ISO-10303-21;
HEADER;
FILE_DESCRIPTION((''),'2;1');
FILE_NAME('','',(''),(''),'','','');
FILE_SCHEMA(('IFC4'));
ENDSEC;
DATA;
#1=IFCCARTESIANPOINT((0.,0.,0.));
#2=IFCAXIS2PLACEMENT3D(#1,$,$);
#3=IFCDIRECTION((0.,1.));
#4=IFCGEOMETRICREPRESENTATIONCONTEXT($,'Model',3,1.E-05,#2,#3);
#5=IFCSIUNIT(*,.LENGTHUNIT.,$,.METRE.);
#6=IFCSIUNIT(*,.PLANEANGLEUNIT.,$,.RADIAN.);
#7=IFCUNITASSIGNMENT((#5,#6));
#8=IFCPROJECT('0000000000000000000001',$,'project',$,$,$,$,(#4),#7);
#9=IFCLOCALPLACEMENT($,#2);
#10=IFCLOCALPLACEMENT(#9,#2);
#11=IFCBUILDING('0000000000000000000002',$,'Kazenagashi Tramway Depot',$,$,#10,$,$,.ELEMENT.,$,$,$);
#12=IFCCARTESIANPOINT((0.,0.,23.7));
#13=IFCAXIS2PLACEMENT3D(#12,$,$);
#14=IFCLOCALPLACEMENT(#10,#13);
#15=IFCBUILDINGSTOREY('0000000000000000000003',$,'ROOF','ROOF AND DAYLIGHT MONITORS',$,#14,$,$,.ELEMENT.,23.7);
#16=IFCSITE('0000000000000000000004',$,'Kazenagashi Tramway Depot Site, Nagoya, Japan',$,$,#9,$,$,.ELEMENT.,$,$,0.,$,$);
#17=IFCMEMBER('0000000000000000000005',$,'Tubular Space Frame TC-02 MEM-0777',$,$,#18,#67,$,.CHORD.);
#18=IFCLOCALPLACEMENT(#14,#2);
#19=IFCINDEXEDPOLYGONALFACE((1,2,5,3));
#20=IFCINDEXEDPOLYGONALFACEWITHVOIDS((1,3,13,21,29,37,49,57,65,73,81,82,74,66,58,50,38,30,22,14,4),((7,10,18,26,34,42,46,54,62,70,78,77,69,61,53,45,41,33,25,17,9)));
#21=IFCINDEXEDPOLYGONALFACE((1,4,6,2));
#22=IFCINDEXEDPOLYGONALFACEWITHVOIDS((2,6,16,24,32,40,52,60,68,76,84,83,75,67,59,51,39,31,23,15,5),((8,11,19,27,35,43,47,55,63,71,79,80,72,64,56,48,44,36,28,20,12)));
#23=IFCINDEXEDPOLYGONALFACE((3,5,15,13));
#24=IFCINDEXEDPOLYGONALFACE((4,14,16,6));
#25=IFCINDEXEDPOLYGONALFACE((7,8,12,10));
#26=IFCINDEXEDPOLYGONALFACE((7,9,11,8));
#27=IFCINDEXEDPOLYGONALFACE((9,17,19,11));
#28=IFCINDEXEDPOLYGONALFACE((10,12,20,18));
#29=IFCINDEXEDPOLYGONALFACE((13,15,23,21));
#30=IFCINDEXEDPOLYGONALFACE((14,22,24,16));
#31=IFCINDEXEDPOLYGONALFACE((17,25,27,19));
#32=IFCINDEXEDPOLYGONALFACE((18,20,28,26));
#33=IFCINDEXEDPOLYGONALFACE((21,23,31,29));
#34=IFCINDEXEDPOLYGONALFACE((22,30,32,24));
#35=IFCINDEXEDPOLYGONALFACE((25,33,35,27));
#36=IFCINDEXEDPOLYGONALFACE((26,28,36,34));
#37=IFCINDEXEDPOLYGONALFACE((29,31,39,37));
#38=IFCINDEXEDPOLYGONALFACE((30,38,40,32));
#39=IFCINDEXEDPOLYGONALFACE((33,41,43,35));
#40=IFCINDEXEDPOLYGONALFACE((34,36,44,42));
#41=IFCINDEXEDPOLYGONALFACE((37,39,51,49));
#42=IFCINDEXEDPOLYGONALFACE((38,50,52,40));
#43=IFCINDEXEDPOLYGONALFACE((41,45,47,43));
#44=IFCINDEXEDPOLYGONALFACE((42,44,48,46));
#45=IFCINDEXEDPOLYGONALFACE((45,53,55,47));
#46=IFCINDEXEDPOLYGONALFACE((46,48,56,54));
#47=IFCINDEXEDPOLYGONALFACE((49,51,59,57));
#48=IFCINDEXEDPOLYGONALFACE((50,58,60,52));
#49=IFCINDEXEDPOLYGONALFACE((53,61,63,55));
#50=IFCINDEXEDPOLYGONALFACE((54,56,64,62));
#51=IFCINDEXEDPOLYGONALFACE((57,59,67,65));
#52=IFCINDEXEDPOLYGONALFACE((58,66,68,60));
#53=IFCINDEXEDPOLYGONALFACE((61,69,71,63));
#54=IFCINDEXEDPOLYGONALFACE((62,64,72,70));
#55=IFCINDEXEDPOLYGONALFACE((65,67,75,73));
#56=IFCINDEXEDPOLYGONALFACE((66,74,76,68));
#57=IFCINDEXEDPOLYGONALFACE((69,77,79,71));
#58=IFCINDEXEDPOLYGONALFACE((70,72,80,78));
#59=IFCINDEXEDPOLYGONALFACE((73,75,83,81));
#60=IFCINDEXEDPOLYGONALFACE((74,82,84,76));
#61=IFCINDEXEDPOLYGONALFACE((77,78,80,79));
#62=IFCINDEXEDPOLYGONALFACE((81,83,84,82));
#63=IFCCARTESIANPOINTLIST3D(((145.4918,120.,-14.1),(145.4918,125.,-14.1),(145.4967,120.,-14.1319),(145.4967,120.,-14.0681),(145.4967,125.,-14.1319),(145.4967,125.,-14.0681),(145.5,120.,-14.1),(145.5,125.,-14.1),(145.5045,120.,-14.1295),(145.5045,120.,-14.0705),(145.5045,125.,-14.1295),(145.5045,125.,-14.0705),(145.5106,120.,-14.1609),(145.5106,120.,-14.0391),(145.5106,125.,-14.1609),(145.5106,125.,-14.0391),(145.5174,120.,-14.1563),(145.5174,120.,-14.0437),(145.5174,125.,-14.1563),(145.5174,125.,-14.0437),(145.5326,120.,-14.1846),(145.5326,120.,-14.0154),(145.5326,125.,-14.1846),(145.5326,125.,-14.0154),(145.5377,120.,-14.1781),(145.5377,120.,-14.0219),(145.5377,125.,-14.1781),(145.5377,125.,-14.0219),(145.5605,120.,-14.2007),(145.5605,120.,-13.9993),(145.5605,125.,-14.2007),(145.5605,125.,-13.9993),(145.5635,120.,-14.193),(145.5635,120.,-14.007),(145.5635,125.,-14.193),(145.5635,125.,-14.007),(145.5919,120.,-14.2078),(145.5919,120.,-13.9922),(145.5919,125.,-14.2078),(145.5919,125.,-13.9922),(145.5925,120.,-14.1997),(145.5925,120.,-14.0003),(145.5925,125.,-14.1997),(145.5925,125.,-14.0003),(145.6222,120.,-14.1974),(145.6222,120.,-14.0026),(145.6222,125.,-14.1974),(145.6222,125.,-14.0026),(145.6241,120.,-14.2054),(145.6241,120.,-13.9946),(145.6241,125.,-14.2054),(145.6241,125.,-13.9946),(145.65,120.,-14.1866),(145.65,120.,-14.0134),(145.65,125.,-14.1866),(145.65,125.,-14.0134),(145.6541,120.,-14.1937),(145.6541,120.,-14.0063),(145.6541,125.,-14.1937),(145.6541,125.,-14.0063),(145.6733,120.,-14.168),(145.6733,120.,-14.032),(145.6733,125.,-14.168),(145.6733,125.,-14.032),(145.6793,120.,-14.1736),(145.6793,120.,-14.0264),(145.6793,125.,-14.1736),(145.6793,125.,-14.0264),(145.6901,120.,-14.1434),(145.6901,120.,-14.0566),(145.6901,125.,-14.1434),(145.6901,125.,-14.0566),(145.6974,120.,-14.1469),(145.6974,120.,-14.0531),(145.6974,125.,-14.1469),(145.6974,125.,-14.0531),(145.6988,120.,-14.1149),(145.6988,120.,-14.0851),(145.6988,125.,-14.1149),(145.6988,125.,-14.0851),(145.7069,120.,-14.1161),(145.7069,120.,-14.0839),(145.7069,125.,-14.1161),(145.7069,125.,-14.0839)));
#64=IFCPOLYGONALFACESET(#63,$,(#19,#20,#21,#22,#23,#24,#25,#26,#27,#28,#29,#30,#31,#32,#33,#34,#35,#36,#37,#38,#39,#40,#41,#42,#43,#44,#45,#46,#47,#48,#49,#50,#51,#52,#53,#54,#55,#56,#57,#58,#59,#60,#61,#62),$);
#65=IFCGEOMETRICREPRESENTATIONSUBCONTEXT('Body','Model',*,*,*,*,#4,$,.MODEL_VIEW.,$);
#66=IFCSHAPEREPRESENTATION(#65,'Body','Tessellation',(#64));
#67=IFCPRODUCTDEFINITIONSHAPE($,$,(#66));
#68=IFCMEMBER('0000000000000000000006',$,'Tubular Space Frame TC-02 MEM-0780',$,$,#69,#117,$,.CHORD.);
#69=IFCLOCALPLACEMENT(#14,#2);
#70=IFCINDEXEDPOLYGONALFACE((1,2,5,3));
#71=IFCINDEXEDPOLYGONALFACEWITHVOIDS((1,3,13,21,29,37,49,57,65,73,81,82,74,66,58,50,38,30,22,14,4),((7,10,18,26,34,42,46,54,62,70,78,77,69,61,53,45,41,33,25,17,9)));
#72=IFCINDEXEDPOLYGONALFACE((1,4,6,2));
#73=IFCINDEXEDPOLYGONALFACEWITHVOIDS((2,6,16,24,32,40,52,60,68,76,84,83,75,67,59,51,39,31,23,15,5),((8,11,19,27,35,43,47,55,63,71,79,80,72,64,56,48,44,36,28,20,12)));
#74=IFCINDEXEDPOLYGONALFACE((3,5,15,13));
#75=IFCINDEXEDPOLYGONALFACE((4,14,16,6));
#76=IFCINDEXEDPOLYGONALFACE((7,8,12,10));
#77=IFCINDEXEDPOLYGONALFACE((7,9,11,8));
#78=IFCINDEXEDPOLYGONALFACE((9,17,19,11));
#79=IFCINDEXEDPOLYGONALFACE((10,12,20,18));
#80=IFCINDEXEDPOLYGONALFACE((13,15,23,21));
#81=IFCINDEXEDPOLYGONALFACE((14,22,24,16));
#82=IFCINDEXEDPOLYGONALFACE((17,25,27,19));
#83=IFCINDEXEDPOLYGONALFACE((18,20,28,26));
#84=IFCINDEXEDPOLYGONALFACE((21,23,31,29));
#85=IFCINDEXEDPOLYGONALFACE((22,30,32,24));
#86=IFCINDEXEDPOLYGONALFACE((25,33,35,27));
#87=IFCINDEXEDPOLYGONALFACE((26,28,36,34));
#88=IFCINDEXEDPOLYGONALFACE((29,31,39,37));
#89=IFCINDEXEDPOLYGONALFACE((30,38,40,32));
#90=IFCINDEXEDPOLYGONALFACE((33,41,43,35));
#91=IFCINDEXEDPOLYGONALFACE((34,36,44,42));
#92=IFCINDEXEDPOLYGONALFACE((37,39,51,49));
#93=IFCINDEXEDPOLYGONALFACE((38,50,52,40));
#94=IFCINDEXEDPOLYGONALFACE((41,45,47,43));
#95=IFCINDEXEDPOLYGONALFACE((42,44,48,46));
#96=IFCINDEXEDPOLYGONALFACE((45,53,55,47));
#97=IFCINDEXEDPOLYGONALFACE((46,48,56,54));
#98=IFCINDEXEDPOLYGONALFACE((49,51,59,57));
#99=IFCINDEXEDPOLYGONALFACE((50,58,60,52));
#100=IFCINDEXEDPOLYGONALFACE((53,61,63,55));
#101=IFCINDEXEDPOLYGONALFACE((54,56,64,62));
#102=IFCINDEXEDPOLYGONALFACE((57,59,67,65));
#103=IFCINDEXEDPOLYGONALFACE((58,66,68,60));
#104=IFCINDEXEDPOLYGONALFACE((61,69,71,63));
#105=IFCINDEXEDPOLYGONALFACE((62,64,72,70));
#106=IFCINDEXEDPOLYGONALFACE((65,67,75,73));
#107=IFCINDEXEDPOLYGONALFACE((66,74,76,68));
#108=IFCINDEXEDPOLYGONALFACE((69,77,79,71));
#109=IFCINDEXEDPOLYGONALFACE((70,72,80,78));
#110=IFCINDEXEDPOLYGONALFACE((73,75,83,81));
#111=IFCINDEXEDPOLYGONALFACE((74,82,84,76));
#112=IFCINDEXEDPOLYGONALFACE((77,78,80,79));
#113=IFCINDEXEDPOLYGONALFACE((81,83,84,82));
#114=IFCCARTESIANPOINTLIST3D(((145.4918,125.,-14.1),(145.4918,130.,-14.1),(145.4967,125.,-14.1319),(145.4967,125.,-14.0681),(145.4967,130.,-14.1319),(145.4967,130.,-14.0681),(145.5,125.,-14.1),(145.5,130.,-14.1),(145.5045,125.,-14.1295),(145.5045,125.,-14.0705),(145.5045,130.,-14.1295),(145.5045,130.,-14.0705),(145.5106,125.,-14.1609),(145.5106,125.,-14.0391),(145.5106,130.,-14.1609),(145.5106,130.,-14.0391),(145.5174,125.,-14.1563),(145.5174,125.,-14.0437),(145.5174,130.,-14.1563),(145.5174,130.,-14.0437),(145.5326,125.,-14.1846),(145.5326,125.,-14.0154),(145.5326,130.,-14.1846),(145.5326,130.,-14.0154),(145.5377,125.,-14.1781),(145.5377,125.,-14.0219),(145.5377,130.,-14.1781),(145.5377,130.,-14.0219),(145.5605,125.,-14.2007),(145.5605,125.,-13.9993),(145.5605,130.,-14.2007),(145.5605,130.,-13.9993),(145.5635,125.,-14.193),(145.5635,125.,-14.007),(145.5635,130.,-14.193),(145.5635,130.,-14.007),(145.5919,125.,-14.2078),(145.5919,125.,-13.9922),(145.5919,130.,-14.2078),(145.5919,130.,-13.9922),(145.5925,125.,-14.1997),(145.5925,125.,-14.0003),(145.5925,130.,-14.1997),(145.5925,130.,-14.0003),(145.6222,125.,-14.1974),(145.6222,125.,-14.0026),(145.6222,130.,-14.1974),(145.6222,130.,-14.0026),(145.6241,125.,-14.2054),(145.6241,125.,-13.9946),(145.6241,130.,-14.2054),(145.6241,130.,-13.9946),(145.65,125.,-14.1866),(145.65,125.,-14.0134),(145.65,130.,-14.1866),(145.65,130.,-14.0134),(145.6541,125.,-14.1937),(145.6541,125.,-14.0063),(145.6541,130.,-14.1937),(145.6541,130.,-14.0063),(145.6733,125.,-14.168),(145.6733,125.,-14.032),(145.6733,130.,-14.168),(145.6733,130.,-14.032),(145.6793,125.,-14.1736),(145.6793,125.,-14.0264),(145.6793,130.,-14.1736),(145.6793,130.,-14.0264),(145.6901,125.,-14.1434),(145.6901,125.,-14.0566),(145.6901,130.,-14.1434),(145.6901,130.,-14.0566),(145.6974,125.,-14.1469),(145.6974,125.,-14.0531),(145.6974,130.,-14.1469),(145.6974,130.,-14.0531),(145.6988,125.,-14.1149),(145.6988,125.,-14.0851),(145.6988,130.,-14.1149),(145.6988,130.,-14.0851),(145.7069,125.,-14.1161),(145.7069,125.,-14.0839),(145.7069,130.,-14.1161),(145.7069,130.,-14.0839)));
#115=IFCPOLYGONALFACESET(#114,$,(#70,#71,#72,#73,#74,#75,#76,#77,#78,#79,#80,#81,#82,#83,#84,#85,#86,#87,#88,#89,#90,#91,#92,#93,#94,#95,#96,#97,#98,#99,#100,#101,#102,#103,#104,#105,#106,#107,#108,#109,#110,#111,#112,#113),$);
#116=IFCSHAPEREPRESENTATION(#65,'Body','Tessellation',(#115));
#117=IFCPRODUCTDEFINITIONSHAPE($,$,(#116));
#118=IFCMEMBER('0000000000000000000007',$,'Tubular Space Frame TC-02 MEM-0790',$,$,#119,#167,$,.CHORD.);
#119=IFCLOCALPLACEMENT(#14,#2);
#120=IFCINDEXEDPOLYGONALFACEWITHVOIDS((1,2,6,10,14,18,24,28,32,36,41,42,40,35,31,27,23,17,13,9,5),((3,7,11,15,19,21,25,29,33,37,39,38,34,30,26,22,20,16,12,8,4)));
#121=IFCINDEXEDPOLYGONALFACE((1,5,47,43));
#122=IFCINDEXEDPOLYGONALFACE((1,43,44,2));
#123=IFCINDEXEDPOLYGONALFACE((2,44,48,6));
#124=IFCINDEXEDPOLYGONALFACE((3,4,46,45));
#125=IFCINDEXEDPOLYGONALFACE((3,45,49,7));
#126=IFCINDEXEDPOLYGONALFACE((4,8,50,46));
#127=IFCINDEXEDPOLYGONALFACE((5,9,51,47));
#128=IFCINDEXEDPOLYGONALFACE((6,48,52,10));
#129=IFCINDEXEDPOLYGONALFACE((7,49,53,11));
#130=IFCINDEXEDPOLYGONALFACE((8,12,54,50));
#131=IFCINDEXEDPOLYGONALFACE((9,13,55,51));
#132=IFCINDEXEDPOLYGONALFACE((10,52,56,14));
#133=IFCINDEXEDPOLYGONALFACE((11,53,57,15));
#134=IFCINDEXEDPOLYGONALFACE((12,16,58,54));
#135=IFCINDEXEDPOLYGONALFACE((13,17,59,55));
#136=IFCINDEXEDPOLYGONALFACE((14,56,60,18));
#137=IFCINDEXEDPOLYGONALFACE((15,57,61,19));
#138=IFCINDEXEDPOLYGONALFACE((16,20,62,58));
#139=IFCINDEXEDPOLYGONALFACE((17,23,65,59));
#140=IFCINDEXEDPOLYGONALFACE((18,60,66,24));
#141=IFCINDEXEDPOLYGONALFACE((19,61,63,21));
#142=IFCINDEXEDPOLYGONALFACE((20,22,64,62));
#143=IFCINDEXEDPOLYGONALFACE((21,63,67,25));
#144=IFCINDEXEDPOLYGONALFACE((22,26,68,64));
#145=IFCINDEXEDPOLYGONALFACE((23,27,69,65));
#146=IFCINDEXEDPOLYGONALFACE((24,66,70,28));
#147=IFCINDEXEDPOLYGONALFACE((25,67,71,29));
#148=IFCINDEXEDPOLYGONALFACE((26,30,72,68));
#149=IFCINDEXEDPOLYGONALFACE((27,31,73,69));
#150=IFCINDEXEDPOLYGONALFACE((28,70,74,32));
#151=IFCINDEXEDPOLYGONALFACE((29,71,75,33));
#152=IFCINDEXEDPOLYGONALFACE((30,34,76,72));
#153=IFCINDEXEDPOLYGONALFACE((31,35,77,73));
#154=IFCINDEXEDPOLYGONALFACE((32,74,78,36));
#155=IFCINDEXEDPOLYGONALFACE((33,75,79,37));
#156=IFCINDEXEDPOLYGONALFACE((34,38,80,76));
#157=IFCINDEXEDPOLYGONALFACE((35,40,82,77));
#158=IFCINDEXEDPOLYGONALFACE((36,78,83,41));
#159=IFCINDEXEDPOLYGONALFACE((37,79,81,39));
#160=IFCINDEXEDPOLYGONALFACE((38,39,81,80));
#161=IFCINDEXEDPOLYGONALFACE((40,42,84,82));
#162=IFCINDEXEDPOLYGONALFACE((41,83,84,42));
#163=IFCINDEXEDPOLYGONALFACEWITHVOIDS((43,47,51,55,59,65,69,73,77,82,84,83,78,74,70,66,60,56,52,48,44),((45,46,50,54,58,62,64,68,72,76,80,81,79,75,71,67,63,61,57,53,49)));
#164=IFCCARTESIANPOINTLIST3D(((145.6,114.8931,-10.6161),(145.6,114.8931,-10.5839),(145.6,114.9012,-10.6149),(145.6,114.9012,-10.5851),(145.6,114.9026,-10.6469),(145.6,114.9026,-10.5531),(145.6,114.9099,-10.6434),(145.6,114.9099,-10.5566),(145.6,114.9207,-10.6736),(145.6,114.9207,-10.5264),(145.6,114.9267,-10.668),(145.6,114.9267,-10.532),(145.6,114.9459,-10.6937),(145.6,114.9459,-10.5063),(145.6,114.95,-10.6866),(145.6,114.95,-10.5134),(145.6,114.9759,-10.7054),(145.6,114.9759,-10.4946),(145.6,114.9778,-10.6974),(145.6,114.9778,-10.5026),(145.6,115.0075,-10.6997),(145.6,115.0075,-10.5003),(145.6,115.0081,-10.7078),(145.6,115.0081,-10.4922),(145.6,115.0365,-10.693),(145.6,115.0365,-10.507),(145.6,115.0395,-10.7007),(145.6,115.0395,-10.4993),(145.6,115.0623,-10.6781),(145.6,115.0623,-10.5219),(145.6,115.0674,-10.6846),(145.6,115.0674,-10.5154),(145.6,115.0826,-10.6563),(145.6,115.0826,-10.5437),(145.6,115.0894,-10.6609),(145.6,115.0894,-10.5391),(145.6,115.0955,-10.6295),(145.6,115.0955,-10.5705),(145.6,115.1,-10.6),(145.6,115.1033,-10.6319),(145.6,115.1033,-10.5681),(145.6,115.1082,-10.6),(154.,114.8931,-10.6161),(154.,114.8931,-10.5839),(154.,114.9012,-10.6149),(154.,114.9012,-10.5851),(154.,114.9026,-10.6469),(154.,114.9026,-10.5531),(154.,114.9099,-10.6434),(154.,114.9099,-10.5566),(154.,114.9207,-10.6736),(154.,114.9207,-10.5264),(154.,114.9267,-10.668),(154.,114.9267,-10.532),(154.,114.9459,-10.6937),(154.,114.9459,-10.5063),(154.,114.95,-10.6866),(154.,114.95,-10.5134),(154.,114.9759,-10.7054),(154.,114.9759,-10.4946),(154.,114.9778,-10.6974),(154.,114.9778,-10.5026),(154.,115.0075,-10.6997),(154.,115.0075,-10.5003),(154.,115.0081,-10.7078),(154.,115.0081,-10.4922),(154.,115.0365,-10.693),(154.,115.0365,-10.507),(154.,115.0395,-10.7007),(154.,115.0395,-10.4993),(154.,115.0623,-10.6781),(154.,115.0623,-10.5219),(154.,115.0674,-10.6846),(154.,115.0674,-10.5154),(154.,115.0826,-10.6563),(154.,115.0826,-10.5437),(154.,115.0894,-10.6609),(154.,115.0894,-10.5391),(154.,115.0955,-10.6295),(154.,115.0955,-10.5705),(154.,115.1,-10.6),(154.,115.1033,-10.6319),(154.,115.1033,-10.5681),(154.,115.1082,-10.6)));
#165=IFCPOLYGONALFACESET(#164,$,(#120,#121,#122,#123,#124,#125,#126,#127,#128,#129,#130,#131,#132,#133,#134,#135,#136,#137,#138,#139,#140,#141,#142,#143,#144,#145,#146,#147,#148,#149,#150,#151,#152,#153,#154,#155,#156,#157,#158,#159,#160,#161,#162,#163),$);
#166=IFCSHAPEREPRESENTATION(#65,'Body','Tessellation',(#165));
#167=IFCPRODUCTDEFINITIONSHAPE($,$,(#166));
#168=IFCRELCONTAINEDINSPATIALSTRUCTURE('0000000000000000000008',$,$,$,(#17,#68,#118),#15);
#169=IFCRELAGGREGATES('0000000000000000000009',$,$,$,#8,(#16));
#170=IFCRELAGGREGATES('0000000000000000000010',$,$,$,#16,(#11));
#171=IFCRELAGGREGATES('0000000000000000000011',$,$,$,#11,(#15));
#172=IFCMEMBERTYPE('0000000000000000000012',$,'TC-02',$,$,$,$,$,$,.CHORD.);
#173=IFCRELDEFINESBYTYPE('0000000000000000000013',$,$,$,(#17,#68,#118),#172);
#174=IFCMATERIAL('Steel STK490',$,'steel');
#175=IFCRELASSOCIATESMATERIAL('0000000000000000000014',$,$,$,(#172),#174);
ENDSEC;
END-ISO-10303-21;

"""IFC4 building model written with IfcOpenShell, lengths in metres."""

from ifc_helpers import new_model, si_unit, direction, frame, origin, origin_2d, place, context, subcontext, project, spatial, hollow_circle, extrude, material, material_profile, profile_set, type_object, element, save


model = new_model("IFC4")

# Units and contexts
model_context = context("Model", 3, precision=1e-05, world=origin(), true_north=direction((0.0, 1.0)))
body_context = subcontext(model_context, "Body", "Model", "MODEL_VIEW")
ifc_project = project(units=[si_unit("LENGTHUNIT", "METRE"), si_unit("PLANEANGLEUNIT", "RADIAN")], contexts=[model_context])

# Site, building, storey
site_placement = place(None, origin())
site = spatial("IfcSite", under=ifc_project, at=site_placement, Name="Kazenagashi Tramway Depot Site, Nagoya, Japan", CompositionType="ELEMENT", RefElevation=0.0)
building_placement = place(site_placement, origin())
building = spatial("IfcBuilding", under=site, at=building_placement, Name="Kazenagashi Tramway Depot", CompositionType="ELEMENT")
storey_placement = place(building_placement, frame((0.0, 0.0, 23.7)))
storey = spatial("IfcBuildingStorey", under=building, at=storey_placement, Name="ROOF", Description="ROOF AND DAYLIGHT MONITORS", CompositionType="ELEMENT", Elevation=23.7)

# Members
ifc_material_1 = material(Name="Steel STK490", Category="steel")
ifc_material_profile_1 = material_profile(ifc_material_1, hollow_circle(Radius=0.1081, WallThickness=0.0082, at=origin_2d()), Name="CHS-216.3x8.2")
ifc_profile_set_1 = profile_set([ifc_material_profile_1], Name="Steel STK490")
member_type_1 = type_object("IfcMemberType", Name="TC-02", PredefinedType="CHORD", material=ifc_profile_set_1)
for number, where, z_axis, x_axis, name in (
    (1, (145.6, 120.0, -14.1), (0.0, 1.0, 0.0), (-1.0, 0.0, 0.0), "Tubular Space Frame TC-02 MEM-0777"),
    (2, (145.6, 125.0, -14.1), (0.0, 1.0, 0.0), (-1.0, 0.0, 0.0), "Tubular Space Frame TC-02 MEM-0780"),
):
    element("IfcMember", number, at=place(storey_placement, frame(where, z_axis=z_axis, x_axis=x_axis)), inside=storey, type_object=member_type_1, Name=name, PredefinedType="CHORD", context=body_context, shape_type="SweptSolid", body=[
        extrude(hollow_circle(Radius=0.1081, WallThickness=0.0082, at=origin_2d()), origin(), (0.0, 0.0, 1.0), 5.0),
    ])
for number, where, z_axis, x_axis, name in (
    (3, (145.6, 115.0, -10.6), (1.0, 0.0, 0.0), (0.0, 1.0, 0.0), "Tubular Space Frame TC-02 MEM-0790"),
):
    element("IfcMember", number, at=place(storey_placement, frame(where, z_axis=z_axis, x_axis=x_axis)), inside=storey, type_object=member_type_1, Name=name, PredefinedType="CHORD", context=body_context, shape_type="SweptSolid", body=[
        extrude(hollow_circle(Radius=0.1081, WallThickness=0.0082, at=origin_2d()), origin(), (0.0, 0.0, 1.0), 8.4),
    ])

save(model, "model.ifc")
